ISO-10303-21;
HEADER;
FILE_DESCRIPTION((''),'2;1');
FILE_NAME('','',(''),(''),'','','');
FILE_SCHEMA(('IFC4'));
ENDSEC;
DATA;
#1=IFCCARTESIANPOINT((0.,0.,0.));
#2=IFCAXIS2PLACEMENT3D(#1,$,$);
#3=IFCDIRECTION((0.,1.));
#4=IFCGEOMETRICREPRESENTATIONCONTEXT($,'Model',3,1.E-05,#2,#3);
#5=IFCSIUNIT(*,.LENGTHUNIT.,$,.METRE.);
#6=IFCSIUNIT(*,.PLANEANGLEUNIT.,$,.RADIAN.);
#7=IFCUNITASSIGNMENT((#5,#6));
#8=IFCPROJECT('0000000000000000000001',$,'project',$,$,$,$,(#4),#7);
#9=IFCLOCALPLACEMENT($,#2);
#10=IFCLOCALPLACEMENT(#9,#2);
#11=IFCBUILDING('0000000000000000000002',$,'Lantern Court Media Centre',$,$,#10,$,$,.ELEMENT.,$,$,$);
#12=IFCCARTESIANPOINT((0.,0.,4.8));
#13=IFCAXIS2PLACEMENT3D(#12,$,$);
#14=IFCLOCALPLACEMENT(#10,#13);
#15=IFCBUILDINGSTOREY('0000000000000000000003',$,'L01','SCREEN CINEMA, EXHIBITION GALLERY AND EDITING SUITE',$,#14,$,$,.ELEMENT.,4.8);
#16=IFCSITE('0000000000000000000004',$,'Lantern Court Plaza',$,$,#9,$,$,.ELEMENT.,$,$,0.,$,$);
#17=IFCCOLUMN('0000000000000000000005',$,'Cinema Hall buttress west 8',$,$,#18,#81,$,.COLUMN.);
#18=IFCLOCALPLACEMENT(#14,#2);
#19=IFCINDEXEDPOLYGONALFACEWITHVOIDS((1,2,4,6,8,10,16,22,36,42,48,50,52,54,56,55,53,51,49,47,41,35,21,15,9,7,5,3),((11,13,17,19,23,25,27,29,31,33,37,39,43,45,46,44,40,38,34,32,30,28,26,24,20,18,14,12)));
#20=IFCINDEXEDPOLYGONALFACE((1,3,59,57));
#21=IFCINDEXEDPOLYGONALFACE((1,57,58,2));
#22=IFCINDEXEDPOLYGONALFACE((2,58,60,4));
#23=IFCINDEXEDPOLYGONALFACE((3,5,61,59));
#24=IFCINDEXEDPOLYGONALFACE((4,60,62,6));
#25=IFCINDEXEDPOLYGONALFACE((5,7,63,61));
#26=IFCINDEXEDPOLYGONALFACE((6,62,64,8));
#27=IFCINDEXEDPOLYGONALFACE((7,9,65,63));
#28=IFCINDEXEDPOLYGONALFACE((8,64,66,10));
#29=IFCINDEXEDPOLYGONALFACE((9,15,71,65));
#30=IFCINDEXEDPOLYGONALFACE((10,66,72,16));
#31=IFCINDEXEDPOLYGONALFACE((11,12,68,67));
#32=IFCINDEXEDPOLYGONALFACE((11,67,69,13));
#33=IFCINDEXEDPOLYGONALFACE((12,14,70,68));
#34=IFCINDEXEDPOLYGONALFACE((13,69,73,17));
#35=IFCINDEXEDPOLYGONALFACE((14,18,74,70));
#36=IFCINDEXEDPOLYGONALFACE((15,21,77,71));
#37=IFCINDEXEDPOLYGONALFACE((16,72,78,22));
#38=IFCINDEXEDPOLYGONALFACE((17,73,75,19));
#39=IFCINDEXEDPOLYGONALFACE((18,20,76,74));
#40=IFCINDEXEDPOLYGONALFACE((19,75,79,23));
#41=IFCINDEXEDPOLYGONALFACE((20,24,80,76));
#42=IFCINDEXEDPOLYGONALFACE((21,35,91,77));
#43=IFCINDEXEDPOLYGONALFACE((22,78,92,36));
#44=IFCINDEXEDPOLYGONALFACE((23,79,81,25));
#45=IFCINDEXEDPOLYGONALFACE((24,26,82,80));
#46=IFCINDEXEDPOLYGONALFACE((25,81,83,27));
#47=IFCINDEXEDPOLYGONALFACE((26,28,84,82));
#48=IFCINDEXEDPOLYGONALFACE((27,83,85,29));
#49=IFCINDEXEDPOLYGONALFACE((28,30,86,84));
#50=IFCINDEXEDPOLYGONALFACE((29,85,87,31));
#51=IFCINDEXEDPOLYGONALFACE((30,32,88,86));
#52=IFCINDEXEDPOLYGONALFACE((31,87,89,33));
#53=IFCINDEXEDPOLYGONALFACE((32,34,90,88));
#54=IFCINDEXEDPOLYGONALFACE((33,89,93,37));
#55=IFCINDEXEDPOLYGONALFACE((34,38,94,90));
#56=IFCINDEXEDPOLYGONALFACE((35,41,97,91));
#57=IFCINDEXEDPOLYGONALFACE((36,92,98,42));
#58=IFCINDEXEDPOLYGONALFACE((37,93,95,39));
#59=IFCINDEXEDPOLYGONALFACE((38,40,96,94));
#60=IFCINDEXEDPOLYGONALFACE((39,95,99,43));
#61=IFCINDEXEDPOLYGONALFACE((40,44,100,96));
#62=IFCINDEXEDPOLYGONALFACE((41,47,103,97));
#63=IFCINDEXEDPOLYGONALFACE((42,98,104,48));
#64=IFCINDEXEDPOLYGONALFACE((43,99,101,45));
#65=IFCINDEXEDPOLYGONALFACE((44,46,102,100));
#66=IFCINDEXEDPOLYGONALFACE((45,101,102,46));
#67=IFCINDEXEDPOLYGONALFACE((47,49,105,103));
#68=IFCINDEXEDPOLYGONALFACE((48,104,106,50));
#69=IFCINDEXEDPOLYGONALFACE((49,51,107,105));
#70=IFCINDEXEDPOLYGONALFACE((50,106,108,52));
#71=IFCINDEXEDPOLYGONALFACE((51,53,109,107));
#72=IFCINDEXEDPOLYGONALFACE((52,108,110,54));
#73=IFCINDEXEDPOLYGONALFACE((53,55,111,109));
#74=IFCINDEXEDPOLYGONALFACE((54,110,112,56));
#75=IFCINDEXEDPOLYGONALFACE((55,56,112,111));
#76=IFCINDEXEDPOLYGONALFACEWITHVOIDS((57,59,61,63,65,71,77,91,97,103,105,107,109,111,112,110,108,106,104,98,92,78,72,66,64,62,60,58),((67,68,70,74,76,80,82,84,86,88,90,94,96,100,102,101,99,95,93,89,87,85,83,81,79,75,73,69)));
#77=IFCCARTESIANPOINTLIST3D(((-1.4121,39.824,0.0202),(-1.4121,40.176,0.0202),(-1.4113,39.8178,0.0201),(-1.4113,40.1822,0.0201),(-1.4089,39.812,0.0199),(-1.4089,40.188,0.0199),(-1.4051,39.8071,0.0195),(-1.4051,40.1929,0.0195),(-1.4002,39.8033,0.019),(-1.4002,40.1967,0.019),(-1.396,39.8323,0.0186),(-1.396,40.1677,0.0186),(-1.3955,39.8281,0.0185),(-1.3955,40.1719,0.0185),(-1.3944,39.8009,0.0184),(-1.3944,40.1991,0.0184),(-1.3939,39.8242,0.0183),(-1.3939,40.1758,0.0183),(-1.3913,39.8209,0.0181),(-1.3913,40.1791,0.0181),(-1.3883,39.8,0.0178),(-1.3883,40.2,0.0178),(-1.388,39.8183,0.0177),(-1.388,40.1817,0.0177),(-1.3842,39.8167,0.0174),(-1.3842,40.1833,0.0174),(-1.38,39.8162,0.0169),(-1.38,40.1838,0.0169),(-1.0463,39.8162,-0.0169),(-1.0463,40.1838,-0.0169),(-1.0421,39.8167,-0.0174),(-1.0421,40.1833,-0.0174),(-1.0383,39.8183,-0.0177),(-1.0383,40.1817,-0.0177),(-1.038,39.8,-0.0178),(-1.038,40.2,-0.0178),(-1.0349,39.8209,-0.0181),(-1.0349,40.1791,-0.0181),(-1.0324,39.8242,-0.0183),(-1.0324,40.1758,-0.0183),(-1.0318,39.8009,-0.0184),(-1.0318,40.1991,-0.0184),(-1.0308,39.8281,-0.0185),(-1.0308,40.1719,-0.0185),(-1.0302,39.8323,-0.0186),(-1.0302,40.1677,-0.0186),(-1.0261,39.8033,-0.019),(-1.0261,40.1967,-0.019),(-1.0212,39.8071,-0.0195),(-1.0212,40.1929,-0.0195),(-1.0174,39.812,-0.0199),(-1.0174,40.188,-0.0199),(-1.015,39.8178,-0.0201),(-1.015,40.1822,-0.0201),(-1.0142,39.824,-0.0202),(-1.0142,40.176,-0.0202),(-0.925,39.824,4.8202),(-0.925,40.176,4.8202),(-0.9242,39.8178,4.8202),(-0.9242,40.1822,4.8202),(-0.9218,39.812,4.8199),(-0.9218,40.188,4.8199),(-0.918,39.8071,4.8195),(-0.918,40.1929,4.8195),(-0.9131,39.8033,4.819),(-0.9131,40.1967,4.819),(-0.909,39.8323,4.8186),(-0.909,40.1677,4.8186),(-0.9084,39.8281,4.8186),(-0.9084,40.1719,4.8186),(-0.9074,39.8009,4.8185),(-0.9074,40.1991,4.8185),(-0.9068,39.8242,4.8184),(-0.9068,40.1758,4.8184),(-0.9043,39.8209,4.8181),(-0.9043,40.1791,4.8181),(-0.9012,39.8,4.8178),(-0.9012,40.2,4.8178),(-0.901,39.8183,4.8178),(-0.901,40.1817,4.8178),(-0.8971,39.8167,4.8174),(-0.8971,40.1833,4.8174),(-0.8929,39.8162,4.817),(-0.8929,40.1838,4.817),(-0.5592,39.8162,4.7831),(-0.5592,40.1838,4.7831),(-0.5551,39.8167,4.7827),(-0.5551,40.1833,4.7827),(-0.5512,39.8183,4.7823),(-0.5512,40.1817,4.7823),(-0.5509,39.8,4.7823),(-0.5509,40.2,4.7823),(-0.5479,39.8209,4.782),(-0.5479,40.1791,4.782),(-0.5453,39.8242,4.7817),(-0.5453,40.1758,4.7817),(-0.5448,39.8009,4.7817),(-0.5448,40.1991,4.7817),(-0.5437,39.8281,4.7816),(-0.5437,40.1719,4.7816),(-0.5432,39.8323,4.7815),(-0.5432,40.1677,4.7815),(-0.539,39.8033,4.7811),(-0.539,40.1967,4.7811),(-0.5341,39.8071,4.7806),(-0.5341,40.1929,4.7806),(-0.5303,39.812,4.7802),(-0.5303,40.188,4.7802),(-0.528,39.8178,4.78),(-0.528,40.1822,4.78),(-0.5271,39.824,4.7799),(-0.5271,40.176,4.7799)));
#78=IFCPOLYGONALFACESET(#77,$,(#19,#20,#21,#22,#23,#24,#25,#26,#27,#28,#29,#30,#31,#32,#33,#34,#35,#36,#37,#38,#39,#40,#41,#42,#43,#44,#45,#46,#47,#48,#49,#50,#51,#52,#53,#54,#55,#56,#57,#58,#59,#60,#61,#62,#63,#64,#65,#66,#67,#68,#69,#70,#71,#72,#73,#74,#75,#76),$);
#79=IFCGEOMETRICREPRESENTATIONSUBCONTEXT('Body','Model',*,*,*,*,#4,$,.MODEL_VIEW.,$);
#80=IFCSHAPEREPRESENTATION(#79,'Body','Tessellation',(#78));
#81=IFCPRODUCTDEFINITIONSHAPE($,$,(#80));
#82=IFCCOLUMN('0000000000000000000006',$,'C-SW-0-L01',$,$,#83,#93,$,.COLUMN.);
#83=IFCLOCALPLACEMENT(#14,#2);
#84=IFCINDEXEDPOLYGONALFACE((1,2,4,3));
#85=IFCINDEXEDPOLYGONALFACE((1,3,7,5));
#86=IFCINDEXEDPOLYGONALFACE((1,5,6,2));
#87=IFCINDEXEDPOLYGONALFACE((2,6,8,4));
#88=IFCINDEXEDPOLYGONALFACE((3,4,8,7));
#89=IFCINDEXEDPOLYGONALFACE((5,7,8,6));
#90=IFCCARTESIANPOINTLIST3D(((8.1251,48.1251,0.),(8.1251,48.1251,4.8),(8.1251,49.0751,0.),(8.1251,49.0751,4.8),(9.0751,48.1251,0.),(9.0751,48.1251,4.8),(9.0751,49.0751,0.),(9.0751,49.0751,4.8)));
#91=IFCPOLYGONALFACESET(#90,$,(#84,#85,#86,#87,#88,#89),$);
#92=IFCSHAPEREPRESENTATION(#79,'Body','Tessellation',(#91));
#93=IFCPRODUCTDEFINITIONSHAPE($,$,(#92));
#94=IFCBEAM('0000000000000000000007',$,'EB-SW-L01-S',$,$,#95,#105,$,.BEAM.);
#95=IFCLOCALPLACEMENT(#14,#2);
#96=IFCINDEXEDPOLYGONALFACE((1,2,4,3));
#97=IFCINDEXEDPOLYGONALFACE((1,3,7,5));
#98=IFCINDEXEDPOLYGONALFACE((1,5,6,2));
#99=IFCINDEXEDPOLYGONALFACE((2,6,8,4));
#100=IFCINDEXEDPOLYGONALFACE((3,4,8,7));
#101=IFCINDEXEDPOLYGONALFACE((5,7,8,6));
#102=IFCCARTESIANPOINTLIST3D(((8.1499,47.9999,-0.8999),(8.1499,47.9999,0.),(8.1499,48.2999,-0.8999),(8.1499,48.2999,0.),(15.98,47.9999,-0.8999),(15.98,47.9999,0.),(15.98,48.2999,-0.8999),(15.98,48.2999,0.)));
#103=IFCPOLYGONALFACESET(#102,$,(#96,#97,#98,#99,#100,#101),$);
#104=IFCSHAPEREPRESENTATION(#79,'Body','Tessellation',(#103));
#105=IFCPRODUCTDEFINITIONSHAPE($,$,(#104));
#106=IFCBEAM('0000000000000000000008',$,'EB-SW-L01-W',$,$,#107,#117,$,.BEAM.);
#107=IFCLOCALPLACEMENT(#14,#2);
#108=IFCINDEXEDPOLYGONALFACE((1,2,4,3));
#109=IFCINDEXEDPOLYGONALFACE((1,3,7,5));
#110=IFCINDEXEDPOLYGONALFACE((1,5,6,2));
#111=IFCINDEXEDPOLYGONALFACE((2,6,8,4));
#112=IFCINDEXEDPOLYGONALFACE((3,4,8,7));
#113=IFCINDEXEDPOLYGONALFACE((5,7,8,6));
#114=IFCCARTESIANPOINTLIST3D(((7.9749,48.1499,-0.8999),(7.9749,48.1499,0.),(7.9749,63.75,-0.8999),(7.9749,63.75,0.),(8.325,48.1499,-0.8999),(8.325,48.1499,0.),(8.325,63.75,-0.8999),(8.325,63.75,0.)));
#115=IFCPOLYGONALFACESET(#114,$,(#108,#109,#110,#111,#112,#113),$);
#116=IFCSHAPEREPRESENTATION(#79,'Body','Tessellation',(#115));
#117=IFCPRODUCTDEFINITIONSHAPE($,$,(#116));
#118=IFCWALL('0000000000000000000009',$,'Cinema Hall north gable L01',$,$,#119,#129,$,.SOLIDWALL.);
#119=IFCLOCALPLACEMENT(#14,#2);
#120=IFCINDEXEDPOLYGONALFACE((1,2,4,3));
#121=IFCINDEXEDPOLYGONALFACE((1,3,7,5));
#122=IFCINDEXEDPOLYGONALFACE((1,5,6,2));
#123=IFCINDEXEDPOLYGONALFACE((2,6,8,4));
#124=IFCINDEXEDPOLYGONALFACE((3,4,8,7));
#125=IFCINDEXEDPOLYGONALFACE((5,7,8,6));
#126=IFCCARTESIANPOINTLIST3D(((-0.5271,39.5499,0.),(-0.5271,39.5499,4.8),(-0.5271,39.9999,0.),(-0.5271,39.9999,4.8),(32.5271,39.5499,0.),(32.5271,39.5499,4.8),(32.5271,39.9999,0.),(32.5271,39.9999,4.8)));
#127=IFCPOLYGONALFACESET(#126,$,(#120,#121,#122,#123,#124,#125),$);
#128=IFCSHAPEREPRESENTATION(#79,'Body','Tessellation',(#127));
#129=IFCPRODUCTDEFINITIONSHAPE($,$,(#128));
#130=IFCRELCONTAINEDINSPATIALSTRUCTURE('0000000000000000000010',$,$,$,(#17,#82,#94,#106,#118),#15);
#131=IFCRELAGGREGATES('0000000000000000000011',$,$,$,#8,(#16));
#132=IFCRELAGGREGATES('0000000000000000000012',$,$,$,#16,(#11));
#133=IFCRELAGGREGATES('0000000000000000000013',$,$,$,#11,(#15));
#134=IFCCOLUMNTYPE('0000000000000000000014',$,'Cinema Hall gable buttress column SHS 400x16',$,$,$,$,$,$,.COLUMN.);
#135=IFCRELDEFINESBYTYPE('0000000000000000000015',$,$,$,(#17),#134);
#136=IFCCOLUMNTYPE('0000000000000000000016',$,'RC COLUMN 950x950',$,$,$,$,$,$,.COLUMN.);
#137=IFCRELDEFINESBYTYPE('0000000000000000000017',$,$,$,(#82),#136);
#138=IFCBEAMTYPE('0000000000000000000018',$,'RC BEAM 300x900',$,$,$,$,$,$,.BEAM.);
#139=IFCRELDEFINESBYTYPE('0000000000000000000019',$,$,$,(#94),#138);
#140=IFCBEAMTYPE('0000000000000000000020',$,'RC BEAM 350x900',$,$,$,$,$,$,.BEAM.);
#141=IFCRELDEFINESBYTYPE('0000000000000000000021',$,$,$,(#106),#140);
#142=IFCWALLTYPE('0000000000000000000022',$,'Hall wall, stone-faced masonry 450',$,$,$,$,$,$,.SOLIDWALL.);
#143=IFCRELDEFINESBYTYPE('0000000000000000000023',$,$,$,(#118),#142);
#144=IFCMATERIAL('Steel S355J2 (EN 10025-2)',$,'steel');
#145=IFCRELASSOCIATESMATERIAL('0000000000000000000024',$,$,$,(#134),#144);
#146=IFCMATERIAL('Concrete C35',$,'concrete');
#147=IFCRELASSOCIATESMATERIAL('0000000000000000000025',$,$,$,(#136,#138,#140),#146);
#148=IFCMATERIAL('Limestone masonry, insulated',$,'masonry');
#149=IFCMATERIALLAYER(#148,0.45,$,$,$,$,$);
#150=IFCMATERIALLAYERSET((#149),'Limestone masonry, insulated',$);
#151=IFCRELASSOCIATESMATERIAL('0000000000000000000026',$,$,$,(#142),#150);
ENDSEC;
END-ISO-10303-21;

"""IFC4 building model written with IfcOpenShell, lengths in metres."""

from ifc_helpers import new_model, si_unit, direction, frame, frame_2d, origin, origin_2d, place, context, subcontext, project, spatial, rectangle, hollow_rectangle, extrude, material, layer, layer_set, material_profile, profile_set, type_object, element, save


model = new_model("IFC4")

# Units and contexts
model_context = context("Model", 3, precision=1e-05, world=origin(), true_north=direction((0.0, 1.0)))
body_context = subcontext(model_context, "Body", "Model", "MODEL_VIEW")
ifc_project = project(units=[si_unit("LENGTHUNIT", "METRE"), si_unit("PLANEANGLEUNIT", "RADIAN")], contexts=[model_context])

# Site, building, storey
site_placement = place(None, origin())
site = spatial("IfcSite", under=ifc_project, at=site_placement, Name="Lantern Court Plaza", CompositionType="ELEMENT", RefElevation=0.0)
building_placement = place(site_placement, origin())
building = spatial("IfcBuilding", under=site, at=building_placement, Name="Lantern Court Media Centre", CompositionType="ELEMENT")
storey_placement = place(building_placement, frame((0.0, 0.0, 4.8)))
storey = spatial("IfcBuildingStorey", under=building, at=storey_placement, Name="L01", Description="SCREEN CINEMA, EXHIBITION GALLERY AND EDITING SUITE", CompositionType="ELEMENT", Elevation=4.8)

# Columns
ifc_material_1 = material(Name="Steel S355J2 (EN 10025-2)", Category="steel")
ifc_material_profile_1 = material_profile(ifc_material_1, hollow_rectangle(XDim=0.3999, YDim=0.3999, WallThickness=0.0161, InnerFilletRadius=0.0161, OuterFilletRadius=0.0239, at=origin_2d()), Name="Cinema Hall gable buttress column SHS 400x16")
ifc_profile_set_1 = profile_set([ifc_material_profile_1], Name="Steel S355J2 (EN 10025-2)")
column_type_1 = type_object("IfcColumnType", Name="Cinema Hall gable buttress column SHS 400x16", PredefinedType="COLUMN", material=ifc_profile_set_1)
column_1_placement = place(storey_placement, frame((-1.2131, 40.0, 0.0), z_axis=(0.100952, 0.0, 0.994891), x_axis=(0.0, 1.0, 0.0)))
element("IfcColumn", 1, at=column_1_placement, inside=storey, type_object=column_type_1, Name="Cinema Hall buttress west 8", PredefinedType="COLUMN", context=body_context, shape_type="SweptSolid", body=[
    extrude(hollow_rectangle(XDim=0.3999, YDim=0.3999, WallThickness=0.0161, InnerFilletRadius=0.0161, OuterFilletRadius=0.0239, at=origin_2d()), origin(), (0.0, 0.0, 1.0), 4.8247),
])
ifc_material_2 = material(Name="Concrete C35", Category="concrete")
ifc_material_profile_2 = material_profile(ifc_material_2, rectangle(XDim=0.95, YDim=0.95, at=origin_2d()), Name="RC 950x950")
ifc_profile_set_2 = profile_set([ifc_material_profile_2], Name="Concrete C35")
column_type_2 = type_object("IfcColumnType", Name="RC COLUMN 950x950", PredefinedType="COLUMN", material=ifc_profile_set_2)
column_2_placement = place(storey_placement, frame((8.6001, 48.6001, 0.0), z_axis=(0.0, 0.0, 1.0), x_axis=(1.0, 0.0, 0.0)))
element("IfcColumn", 2, at=column_2_placement, inside=storey, type_object=column_type_2, Name="C-SW-0-L01", PredefinedType="COLUMN", context=body_context, shape_type="SweptSolid", body=[
    extrude(rectangle(XDim=0.95, YDim=0.95, at=origin_2d()), origin(), (0.0, 0.0, 1.0), 4.8),
])

# Beams
ifc_material_profile_3 = material_profile(ifc_material_2, rectangle(XDim=0.3, YDim=0.8999, at=origin_2d()), Name="RC 300x900")
ifc_profile_set_3 = profile_set([ifc_material_profile_3], Name="Concrete C35")
beam_type_1 = type_object("IfcBeamType", Name="RC BEAM 300x900", PredefinedType="BEAM", material=ifc_profile_set_3)
beam_1_placement = place(storey_placement, frame((8.1499, 48.1499, -0.45), z_axis=(1.0, 0.0, 0.0), x_axis=(0.0, 1.0, 0.0)))
element("IfcBeam", 3, at=beam_1_placement, inside=storey, type_object=beam_type_1, Name="EB-SW-L01-S", PredefinedType="BEAM", context=body_context, shape_type="SweptSolid", body=[
    extrude(rectangle(XDim=0.3, YDim=0.8999, at=origin_2d()), origin(), (0.0, 0.0, 1.0), 7.8301),
])
ifc_material_profile_4 = material_profile(ifc_material_2, rectangle(XDim=0.3501, YDim=0.8999, at=origin_2d()), Name="RC 350x900")
ifc_profile_set_4 = profile_set([ifc_material_profile_4], Name="Concrete C35")
beam_type_2 = type_object("IfcBeamType", Name="RC BEAM 350x900", PredefinedType="BEAM", material=ifc_profile_set_4)
beam_2_placement = place(storey_placement, frame((8.1499, 48.1499, -0.45), z_axis=(0.0, 1.0, 0.0), x_axis=(-1.0, 0.0, 0.0)))
element("IfcBeam", 4, at=beam_2_placement, inside=storey, type_object=beam_type_2, Name="EB-SW-L01-W", PredefinedType="BEAM", context=body_context, shape_type="SweptSolid", body=[
    extrude(rectangle(XDim=0.3501, YDim=0.8999, at=origin_2d()), origin(), (0.0, 0.0, 1.0), 15.6001),
])

# Wall
ifc_material_3 = material(Name="Limestone masonry, insulated", Category="masonry")
ifc_layer_1 = layer(ifc_material_3, 0.45)
ifc_layer_set_1 = layer_set([ifc_layer_1], Name="Limestone masonry, insulated")
wall_type_1 = type_object("IfcWallType", Name="Hall wall, stone-faced masonry 450", PredefinedType="SOLIDWALL", material=ifc_layer_set_1)
wall_1_placement = place(storey_placement, frame((-0.5271, 39.7749, 0.0), z_axis=(0.0, 0.0, 1.0), x_axis=(1.0, 0.0, 0.0)))
element("IfcWall", 5, at=wall_1_placement, inside=storey, type_object=wall_type_1, Name="Cinema Hall north gable L01", PredefinedType="SOLIDWALL", context=body_context, shape_type="SweptSolid", body=[
    extrude(rectangle(XDim=33.0542, YDim=0.45, at=frame_2d((16.5271, 0.0))), origin(), (0.0, 0.0, 1.0), 4.8),
])

save(model, "model.ifc")
